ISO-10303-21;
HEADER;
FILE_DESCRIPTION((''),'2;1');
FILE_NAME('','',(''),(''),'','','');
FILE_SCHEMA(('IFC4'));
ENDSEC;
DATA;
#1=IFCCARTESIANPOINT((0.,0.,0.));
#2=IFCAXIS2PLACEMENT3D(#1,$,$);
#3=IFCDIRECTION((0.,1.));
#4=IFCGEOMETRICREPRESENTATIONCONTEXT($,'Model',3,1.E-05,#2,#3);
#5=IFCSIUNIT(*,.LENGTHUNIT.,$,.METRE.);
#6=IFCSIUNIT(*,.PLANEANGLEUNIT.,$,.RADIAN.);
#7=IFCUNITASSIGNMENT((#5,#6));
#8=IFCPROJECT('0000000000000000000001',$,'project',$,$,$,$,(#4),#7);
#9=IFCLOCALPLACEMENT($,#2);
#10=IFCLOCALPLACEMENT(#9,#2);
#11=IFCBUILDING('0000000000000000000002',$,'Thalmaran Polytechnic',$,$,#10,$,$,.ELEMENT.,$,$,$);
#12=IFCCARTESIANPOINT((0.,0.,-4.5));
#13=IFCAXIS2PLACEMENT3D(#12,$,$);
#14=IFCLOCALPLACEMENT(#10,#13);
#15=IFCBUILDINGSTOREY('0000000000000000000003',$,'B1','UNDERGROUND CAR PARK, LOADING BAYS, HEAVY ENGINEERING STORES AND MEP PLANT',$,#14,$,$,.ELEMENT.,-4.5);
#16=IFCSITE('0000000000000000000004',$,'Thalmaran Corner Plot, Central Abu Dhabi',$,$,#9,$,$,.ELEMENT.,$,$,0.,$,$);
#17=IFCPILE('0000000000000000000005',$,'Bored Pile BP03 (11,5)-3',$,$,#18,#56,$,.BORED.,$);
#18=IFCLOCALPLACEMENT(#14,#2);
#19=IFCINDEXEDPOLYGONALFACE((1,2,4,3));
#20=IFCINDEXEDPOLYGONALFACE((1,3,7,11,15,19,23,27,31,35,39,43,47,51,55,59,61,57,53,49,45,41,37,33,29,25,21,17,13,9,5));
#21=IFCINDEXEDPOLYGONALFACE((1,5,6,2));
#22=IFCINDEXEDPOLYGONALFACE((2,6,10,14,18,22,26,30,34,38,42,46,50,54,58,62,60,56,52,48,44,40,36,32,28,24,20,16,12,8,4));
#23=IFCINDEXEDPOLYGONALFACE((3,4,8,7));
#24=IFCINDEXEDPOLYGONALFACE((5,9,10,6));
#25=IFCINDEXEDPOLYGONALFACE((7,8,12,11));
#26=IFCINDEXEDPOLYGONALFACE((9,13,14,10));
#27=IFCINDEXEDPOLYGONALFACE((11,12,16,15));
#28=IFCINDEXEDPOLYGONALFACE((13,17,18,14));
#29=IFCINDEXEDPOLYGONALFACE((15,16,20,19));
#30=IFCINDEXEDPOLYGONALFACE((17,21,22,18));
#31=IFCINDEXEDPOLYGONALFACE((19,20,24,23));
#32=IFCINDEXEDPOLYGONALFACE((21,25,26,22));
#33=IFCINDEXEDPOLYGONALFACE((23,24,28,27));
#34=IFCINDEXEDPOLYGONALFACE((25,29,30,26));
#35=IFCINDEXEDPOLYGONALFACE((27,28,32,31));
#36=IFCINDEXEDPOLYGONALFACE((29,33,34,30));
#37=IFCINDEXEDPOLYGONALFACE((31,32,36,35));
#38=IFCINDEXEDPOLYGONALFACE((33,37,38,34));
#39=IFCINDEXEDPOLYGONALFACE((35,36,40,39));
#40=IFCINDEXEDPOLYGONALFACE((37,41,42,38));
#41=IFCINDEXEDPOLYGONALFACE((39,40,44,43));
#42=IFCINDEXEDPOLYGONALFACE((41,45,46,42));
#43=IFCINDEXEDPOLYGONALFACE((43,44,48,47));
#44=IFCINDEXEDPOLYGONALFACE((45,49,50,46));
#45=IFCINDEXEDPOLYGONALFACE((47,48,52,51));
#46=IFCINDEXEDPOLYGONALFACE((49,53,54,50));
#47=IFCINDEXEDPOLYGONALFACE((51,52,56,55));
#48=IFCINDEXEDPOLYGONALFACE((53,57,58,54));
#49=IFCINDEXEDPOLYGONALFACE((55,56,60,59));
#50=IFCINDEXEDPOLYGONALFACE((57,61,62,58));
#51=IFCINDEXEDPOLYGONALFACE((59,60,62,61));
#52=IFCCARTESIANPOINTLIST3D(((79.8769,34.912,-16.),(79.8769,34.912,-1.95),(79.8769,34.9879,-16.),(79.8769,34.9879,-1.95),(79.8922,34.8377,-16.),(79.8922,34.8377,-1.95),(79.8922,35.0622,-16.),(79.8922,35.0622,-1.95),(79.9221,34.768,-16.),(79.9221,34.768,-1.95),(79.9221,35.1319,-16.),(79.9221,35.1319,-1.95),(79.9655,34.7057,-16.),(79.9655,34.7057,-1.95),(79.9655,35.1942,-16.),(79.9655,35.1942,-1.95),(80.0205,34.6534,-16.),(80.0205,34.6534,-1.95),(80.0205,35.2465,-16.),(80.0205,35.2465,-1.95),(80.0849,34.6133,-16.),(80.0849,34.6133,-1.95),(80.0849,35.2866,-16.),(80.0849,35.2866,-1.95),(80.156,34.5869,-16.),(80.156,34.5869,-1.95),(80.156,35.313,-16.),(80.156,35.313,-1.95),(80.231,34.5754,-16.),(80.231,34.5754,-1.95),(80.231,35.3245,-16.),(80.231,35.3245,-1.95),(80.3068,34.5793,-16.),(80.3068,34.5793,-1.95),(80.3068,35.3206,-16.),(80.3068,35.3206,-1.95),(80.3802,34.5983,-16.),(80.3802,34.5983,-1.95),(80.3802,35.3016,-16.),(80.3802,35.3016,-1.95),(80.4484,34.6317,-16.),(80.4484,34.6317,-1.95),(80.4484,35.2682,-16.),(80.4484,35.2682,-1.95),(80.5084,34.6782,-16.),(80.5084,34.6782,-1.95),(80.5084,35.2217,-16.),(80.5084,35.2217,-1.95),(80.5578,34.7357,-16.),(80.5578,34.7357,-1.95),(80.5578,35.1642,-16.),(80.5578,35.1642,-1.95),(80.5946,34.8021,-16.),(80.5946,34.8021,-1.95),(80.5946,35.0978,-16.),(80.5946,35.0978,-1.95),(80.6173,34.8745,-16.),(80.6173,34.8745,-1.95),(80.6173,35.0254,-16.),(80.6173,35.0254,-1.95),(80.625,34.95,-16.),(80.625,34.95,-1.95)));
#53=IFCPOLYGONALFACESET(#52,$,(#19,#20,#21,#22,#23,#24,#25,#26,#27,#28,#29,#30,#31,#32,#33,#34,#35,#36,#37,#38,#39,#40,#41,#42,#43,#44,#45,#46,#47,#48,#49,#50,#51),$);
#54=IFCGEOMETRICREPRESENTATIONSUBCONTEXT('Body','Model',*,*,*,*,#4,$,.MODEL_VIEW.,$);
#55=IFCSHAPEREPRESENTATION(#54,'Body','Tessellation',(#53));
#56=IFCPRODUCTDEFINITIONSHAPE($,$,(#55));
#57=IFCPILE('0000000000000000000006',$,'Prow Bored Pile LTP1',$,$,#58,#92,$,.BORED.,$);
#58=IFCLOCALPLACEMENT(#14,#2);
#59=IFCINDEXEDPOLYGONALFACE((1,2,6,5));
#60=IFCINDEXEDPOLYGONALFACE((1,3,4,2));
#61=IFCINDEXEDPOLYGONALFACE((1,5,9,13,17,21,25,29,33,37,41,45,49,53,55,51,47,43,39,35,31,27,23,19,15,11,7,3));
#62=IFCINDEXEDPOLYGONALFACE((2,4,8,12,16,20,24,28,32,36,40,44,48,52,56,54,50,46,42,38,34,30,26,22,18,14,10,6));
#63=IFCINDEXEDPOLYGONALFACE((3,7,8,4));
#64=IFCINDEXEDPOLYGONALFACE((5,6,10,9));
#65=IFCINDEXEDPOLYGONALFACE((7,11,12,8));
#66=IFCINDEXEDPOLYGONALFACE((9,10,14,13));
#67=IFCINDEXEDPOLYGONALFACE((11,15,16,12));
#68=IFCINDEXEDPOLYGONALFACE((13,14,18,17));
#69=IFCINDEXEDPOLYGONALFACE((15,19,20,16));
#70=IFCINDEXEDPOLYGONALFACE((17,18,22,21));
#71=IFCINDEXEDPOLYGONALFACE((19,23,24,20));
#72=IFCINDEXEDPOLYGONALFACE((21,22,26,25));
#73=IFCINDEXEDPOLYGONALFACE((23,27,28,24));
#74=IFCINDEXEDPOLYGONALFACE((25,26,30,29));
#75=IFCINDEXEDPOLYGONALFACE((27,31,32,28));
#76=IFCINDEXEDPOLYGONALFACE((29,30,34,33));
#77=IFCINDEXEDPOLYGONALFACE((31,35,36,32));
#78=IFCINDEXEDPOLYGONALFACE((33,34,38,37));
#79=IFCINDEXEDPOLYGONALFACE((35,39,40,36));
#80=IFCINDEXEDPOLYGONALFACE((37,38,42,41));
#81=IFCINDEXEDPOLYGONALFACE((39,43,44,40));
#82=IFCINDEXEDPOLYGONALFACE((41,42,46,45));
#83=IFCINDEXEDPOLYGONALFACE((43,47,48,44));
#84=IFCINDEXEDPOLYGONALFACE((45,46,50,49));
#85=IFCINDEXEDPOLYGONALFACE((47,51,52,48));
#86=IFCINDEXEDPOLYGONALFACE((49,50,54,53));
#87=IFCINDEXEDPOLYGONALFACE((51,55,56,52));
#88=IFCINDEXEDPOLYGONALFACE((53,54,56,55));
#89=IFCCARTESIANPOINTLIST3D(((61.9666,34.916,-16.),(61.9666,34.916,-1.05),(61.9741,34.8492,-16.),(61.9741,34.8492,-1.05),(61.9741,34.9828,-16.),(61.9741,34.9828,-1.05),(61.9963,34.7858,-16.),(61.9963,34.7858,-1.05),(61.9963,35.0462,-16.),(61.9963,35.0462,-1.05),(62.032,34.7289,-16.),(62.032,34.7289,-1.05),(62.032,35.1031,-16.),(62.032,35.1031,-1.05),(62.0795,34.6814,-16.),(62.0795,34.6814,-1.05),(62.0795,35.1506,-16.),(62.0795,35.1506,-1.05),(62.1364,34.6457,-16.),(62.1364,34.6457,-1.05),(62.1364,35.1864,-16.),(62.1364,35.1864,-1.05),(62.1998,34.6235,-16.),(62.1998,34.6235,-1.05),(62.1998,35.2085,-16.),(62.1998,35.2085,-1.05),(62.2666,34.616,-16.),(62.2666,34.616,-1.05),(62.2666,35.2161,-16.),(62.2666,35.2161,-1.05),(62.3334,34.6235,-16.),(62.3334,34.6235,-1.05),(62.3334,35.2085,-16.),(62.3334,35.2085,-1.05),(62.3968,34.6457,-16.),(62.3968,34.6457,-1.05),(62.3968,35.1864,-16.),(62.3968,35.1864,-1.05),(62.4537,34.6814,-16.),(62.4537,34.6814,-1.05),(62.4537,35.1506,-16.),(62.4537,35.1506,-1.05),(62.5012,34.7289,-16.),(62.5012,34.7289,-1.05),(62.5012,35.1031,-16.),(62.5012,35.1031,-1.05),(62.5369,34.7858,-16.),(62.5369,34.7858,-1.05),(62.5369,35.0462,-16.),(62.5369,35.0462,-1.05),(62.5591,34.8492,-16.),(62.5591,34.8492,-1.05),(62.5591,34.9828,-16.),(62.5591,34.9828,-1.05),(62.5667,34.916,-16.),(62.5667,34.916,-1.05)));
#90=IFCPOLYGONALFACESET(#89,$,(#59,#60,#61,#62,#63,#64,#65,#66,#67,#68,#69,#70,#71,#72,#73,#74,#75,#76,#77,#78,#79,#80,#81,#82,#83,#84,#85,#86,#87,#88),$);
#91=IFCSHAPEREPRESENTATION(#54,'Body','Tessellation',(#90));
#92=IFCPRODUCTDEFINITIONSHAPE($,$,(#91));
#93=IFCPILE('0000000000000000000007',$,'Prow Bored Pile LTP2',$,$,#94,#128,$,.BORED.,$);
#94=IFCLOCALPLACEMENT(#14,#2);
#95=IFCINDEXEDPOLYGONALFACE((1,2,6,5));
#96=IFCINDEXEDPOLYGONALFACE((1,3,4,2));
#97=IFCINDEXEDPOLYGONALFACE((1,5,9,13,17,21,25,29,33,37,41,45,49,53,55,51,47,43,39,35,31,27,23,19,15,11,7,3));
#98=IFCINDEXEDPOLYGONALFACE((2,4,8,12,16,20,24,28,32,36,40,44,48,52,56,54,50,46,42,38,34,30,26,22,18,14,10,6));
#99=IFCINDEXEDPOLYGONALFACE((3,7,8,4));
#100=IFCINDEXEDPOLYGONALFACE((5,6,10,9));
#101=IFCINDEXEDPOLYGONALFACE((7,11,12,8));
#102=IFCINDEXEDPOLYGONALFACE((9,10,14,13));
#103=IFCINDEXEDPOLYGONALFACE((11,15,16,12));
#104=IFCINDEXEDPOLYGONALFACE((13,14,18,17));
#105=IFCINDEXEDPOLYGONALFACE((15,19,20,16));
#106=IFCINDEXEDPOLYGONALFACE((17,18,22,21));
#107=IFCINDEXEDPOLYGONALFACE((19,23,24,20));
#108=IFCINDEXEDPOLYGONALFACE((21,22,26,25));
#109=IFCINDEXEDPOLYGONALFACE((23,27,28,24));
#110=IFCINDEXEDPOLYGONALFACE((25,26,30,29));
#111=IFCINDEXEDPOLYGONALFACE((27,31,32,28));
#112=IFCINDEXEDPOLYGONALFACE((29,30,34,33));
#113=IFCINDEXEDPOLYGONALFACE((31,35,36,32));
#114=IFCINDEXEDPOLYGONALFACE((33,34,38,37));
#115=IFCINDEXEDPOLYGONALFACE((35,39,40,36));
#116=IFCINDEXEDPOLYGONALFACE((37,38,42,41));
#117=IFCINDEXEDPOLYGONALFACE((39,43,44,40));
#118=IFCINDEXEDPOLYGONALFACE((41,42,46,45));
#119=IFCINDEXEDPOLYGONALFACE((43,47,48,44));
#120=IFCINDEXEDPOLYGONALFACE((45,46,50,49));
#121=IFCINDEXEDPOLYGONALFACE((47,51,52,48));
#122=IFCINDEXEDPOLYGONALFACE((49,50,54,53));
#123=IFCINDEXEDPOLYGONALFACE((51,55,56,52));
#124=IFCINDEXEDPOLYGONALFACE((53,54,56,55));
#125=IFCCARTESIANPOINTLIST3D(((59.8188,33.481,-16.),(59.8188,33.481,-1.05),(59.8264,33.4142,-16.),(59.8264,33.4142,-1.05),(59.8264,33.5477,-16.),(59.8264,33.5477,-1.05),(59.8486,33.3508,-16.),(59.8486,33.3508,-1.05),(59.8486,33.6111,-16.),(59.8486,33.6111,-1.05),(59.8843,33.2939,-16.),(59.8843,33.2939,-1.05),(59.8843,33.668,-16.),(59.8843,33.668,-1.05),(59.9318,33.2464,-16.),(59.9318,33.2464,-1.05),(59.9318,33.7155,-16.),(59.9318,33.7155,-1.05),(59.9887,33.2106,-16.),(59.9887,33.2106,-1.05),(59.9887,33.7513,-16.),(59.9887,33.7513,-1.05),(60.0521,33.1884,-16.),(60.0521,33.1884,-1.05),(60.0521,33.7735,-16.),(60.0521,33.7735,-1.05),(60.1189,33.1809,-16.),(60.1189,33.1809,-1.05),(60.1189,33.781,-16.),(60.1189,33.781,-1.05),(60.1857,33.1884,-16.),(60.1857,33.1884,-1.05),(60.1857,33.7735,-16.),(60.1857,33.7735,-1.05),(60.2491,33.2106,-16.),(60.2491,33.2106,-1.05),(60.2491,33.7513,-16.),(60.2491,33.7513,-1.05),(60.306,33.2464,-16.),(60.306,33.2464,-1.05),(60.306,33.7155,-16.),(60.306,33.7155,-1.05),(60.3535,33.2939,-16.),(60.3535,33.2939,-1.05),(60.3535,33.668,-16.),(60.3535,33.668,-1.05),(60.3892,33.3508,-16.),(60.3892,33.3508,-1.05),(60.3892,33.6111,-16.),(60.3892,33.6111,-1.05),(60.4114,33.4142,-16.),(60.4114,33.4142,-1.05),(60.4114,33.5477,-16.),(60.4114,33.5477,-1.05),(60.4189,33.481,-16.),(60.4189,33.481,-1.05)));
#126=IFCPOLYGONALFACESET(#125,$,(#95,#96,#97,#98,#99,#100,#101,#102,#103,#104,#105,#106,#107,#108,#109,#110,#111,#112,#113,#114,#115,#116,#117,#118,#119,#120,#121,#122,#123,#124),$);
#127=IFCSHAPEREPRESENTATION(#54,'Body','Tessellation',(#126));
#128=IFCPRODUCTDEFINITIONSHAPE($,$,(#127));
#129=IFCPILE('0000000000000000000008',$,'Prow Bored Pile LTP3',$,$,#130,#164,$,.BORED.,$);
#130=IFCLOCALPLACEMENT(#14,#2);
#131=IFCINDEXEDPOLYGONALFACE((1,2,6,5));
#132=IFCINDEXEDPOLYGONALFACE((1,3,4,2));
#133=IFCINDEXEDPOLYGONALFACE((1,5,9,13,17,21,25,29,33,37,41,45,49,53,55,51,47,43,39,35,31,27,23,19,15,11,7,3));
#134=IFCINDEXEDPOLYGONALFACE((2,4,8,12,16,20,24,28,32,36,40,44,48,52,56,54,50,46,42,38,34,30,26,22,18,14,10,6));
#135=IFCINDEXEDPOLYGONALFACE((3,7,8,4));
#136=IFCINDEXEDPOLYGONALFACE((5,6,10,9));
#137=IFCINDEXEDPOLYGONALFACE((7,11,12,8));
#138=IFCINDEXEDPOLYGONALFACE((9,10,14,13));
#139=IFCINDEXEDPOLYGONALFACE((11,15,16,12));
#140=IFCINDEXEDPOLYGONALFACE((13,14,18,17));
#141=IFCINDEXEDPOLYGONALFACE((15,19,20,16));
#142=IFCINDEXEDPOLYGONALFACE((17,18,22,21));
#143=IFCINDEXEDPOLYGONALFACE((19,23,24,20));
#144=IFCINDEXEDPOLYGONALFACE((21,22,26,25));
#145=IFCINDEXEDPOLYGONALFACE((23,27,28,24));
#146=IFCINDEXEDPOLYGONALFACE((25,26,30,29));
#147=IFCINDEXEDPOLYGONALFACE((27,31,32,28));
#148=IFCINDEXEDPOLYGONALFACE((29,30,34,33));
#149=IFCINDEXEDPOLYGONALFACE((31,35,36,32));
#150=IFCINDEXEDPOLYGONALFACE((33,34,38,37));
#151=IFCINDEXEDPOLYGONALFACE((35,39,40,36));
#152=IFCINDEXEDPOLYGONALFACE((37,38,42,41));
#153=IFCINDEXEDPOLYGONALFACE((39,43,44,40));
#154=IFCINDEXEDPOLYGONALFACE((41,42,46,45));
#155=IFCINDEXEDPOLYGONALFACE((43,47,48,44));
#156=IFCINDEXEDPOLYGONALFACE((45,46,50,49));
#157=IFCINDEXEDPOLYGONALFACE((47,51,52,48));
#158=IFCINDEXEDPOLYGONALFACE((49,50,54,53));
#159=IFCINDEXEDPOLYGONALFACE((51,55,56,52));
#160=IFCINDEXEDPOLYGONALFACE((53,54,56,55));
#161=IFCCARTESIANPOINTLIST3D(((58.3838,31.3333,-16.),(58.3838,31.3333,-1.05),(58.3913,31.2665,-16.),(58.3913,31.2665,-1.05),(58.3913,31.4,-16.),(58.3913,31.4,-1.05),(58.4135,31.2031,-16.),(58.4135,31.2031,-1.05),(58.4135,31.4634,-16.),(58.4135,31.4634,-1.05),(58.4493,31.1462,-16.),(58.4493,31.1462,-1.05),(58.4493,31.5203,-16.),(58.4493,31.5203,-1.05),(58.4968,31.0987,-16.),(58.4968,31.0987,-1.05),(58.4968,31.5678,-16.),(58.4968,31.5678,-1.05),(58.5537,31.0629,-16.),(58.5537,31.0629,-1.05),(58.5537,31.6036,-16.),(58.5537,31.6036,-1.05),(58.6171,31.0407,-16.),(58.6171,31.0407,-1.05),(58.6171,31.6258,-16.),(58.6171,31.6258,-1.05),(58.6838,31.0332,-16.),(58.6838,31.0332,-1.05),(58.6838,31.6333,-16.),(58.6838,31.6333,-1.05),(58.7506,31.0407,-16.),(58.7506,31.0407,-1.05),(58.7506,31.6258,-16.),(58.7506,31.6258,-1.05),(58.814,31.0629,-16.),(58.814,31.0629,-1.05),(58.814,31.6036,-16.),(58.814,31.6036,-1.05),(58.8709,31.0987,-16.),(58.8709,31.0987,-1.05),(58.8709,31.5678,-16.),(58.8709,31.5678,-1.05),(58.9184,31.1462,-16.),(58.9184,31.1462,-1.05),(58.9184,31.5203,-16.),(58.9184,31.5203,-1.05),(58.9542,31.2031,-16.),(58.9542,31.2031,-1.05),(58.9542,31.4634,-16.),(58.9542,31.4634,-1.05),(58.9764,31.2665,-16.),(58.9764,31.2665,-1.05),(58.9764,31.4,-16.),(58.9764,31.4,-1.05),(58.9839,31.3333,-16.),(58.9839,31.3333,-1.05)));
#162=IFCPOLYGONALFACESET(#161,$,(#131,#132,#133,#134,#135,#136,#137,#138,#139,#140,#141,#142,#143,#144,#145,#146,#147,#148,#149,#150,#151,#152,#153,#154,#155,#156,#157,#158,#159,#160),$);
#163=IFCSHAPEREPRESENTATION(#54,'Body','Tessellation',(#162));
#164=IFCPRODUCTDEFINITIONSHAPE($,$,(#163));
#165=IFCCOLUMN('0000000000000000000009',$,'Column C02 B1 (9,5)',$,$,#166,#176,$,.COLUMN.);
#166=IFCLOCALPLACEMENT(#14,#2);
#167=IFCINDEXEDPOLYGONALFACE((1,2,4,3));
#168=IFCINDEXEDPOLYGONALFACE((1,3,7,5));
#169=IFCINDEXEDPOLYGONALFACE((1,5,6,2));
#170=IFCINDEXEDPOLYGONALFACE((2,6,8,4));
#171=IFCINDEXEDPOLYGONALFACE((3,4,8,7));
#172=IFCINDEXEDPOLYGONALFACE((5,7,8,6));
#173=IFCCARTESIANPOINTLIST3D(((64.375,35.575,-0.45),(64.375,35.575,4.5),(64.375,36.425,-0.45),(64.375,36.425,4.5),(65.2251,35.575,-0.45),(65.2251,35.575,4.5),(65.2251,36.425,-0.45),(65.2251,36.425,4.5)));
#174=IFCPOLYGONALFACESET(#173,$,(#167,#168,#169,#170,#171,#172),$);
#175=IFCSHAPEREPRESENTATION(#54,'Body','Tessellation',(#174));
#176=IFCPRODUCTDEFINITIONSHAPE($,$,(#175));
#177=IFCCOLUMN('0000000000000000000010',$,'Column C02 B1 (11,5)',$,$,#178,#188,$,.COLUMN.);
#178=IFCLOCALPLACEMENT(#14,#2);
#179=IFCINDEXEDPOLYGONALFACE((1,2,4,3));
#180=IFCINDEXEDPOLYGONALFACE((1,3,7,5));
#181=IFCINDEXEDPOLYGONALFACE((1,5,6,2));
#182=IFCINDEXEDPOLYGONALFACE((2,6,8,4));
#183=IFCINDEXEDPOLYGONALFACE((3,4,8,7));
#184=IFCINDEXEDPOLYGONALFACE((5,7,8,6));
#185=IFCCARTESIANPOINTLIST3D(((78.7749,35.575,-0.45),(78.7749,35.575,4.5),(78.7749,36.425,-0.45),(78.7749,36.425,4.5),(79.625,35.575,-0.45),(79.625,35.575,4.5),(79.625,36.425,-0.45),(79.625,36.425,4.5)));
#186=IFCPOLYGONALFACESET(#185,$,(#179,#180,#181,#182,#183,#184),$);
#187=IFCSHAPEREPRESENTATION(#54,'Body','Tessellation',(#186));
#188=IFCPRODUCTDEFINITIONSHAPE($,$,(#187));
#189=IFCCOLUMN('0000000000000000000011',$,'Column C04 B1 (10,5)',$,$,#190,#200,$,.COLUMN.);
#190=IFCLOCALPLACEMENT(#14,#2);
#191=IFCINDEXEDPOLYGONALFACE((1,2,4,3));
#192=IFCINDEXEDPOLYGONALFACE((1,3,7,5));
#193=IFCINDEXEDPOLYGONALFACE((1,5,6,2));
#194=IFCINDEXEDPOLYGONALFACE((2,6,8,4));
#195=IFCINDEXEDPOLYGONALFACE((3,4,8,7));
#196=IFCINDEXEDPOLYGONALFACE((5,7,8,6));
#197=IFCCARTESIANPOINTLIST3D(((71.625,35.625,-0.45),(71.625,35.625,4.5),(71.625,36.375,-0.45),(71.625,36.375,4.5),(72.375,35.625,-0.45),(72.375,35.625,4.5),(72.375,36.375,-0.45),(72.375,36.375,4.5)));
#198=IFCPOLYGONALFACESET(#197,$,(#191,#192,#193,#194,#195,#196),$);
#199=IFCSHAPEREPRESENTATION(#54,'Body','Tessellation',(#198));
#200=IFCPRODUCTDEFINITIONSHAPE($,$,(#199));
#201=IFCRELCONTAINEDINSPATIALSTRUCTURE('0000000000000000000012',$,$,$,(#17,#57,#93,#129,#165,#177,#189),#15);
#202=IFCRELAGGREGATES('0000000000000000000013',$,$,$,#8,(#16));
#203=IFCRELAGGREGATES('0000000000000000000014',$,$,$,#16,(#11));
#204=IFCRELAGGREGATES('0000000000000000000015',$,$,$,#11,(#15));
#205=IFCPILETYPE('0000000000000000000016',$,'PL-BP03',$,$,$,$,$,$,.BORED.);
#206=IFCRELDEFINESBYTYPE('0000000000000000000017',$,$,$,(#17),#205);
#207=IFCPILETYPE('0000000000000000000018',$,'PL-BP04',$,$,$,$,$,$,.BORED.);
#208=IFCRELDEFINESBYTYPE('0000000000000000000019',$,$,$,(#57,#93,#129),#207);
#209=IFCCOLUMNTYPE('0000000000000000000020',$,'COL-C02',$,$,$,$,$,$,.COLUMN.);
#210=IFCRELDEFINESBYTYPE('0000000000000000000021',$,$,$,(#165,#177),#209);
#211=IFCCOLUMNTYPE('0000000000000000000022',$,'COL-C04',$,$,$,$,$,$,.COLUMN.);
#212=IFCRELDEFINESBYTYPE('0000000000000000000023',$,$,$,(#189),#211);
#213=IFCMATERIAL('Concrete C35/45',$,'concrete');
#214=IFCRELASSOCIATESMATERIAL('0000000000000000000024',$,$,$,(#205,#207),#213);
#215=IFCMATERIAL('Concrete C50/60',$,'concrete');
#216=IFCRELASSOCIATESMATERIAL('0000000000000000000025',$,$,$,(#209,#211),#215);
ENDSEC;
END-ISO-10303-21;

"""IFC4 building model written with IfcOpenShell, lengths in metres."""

from ifc_helpers import new_model, si_unit, direction, frame, origin, origin_2d, place, context, subcontext, project, spatial, rectangle, circle, extrude, material, material_profile, profile_set, type_object, element, save


model = new_model("IFC4")

# Units and contexts
model_context = context("Model", 3, precision=1e-05, world=origin(), true_north=direction((0.0, 1.0)))
body_context = subcontext(model_context, "Body", "Model", "MODEL_VIEW")
ifc_project = project(units=[si_unit("LENGTHUNIT", "METRE"), si_unit("PLANEANGLEUNIT", "RADIAN")], contexts=[model_context])

# Site, building, storey
site_placement = place(None, origin())
site = spatial("IfcSite", under=ifc_project, at=site_placement, Name="Thalmaran Corner Plot, Central Abu Dhabi", CompositionType="ELEMENT", RefElevation=0.0)
building_placement = place(site_placement, origin())
building = spatial("IfcBuilding", under=site, at=building_placement, Name="Thalmaran Polytechnic", CompositionType="ELEMENT")
storey_placement = place(building_placement, frame((0.0, 0.0, -4.5)))
storey = spatial("IfcBuildingStorey", under=building, at=storey_placement, Name="B1", Description="UNDERGROUND CAR PARK, LOADING BAYS, HEAVY ENGINEERING STORES AND MEP PLANT", CompositionType="ELEMENT", Elevation=-4.5)

# Piles
ifc_material_1 = material(Name="Concrete C35/45", Category="concrete")
ifc_material_profile_1 = material_profile(ifc_material_1, circle(Radius=0.375, at=origin_2d()), Name="RC 750 DIA")
ifc_profile_set_1 = profile_set([ifc_material_profile_1], Name="Concrete C35/45")
pile_type_1 = type_object("IfcPileType", Name="PL-BP03", PredefinedType="BORED", material=ifc_profile_set_1)
for number, where, z_axis, x_axis, name in (
    (1, (80.25, 34.95, -1.95), (0.0, 0.0, -1.0), (1.0, 0.0, 0.0), "Bored Pile BP03 (11,5)-3"),
):
    element("IfcPile", number, at=place(storey_placement, frame(where, z_axis=z_axis, x_axis=x_axis)), inside=storey, type_object=pile_type_1, Name=name, PredefinedType="BORED", context=body_context, shape_type="SweptSolid", body=[
        extrude(circle(Radius=0.375, at=origin_2d()), origin(), (0.0, 0.0, 1.0), 14.05),
    ])
ifc_material_profile_2 = material_profile(ifc_material_1, circle(Radius=0.3, at=origin_2d()), Name="RC 600 DIA")
ifc_profile_set_2 = profile_set([ifc_material_profile_2], Name="Concrete C35/45")
pile_type_2 = type_object("IfcPileType", Name="PL-BP04", PredefinedType="BORED", material=ifc_profile_set_2)
for number, where, z_axis, x_axis, name in (
    (2, (62.2666, 34.916, -1.05), (0.0, 0.0, -1.0), (1.0, 0.0, 0.0), "Prow Bored Pile LTP1"),
    (3, (60.1189, 33.481, -1.05), (0.0, 0.0, -1.0), (1.0, 0.0, 0.0), "Prow Bored Pile LTP2"),
    (4, (58.6838, 31.3333, -1.05), (0.0, 0.0, -1.0), (1.0, 0.0, 0.0), "Prow Bored Pile LTP3"),
):
    element("IfcPile", number, at=place(storey_placement, frame(where, z_axis=z_axis, x_axis=x_axis)), inside=storey, type_object=pile_type_2, Name=name, PredefinedType="BORED", context=body_context, shape_type="SweptSolid", body=[
        extrude(circle(Radius=0.3, at=origin_2d()), origin(), (0.0, 0.0, 1.0), 14.95),
    ])

# Columns
ifc_material_2 = material(Name="Concrete C50/60", Category="concrete")
ifc_material_profile_3 = material_profile(ifc_material_2, rectangle(XDim=0.8501, YDim=0.8501, at=origin_2d()), Name="RC 850x850")
ifc_profile_set_3 = profile_set([ifc_material_profile_3], Name="Concrete C50/60")
column_type_1 = type_object("IfcColumnType", Name="COL-C02", PredefinedType="COLUMN", material=ifc_profile_set_3)
for number, where, z_axis, x_axis, name in (
    (5, (64.8, 36.0, -0.45), (0.0, 0.0, 1.0), (1.0, 0.0, 0.0), "Column C02 B1 (9,5)"),
    (6, (79.2, 36.0, -0.45), (0.0, 0.0, 1.0), (1.0, 0.0, 0.0), "Column C02 B1 (11,5)"),
):
    element("IfcColumn", number, at=place(storey_placement, frame(where, z_axis=z_axis, x_axis=x_axis)), inside=storey, type_object=column_type_1, Name=name, PredefinedType="COLUMN", context=body_context, shape_type="SweptSolid", body=[
        extrude(rectangle(XDim=0.8501, YDim=0.8501, at=origin_2d()), origin(), (0.0, 0.0, 1.0), 4.95),
    ])
ifc_material_profile_4 = material_profile(ifc_material_2, rectangle(XDim=0.75, YDim=0.75, at=origin_2d()), Name="RC 750x750")
ifc_profile_set_4 = profile_set([ifc_material_profile_4], Name="Concrete C50/60")
column_type_2 = type_object("IfcColumnType", Name="COL-C04", PredefinedType="COLUMN", material=ifc_profile_set_4)
column_placement = place(storey_placement, frame((72.0, 36.0, -0.45), z_axis=(0.0, 0.0, 1.0), x_axis=(1.0, 0.0, 0.0)))
element("IfcColumn", 7, at=column_placement, inside=storey, type_object=column_type_2, Name="Column C04 B1 (10,5)", PredefinedType="COLUMN", context=body_context, shape_type="SweptSolid", body=[
    extrude(rectangle(XDim=0.75, YDim=0.75, at=origin_2d()), origin(), (0.0, 0.0, 1.0), 4.95),
])

save(model, "model.ifc")
